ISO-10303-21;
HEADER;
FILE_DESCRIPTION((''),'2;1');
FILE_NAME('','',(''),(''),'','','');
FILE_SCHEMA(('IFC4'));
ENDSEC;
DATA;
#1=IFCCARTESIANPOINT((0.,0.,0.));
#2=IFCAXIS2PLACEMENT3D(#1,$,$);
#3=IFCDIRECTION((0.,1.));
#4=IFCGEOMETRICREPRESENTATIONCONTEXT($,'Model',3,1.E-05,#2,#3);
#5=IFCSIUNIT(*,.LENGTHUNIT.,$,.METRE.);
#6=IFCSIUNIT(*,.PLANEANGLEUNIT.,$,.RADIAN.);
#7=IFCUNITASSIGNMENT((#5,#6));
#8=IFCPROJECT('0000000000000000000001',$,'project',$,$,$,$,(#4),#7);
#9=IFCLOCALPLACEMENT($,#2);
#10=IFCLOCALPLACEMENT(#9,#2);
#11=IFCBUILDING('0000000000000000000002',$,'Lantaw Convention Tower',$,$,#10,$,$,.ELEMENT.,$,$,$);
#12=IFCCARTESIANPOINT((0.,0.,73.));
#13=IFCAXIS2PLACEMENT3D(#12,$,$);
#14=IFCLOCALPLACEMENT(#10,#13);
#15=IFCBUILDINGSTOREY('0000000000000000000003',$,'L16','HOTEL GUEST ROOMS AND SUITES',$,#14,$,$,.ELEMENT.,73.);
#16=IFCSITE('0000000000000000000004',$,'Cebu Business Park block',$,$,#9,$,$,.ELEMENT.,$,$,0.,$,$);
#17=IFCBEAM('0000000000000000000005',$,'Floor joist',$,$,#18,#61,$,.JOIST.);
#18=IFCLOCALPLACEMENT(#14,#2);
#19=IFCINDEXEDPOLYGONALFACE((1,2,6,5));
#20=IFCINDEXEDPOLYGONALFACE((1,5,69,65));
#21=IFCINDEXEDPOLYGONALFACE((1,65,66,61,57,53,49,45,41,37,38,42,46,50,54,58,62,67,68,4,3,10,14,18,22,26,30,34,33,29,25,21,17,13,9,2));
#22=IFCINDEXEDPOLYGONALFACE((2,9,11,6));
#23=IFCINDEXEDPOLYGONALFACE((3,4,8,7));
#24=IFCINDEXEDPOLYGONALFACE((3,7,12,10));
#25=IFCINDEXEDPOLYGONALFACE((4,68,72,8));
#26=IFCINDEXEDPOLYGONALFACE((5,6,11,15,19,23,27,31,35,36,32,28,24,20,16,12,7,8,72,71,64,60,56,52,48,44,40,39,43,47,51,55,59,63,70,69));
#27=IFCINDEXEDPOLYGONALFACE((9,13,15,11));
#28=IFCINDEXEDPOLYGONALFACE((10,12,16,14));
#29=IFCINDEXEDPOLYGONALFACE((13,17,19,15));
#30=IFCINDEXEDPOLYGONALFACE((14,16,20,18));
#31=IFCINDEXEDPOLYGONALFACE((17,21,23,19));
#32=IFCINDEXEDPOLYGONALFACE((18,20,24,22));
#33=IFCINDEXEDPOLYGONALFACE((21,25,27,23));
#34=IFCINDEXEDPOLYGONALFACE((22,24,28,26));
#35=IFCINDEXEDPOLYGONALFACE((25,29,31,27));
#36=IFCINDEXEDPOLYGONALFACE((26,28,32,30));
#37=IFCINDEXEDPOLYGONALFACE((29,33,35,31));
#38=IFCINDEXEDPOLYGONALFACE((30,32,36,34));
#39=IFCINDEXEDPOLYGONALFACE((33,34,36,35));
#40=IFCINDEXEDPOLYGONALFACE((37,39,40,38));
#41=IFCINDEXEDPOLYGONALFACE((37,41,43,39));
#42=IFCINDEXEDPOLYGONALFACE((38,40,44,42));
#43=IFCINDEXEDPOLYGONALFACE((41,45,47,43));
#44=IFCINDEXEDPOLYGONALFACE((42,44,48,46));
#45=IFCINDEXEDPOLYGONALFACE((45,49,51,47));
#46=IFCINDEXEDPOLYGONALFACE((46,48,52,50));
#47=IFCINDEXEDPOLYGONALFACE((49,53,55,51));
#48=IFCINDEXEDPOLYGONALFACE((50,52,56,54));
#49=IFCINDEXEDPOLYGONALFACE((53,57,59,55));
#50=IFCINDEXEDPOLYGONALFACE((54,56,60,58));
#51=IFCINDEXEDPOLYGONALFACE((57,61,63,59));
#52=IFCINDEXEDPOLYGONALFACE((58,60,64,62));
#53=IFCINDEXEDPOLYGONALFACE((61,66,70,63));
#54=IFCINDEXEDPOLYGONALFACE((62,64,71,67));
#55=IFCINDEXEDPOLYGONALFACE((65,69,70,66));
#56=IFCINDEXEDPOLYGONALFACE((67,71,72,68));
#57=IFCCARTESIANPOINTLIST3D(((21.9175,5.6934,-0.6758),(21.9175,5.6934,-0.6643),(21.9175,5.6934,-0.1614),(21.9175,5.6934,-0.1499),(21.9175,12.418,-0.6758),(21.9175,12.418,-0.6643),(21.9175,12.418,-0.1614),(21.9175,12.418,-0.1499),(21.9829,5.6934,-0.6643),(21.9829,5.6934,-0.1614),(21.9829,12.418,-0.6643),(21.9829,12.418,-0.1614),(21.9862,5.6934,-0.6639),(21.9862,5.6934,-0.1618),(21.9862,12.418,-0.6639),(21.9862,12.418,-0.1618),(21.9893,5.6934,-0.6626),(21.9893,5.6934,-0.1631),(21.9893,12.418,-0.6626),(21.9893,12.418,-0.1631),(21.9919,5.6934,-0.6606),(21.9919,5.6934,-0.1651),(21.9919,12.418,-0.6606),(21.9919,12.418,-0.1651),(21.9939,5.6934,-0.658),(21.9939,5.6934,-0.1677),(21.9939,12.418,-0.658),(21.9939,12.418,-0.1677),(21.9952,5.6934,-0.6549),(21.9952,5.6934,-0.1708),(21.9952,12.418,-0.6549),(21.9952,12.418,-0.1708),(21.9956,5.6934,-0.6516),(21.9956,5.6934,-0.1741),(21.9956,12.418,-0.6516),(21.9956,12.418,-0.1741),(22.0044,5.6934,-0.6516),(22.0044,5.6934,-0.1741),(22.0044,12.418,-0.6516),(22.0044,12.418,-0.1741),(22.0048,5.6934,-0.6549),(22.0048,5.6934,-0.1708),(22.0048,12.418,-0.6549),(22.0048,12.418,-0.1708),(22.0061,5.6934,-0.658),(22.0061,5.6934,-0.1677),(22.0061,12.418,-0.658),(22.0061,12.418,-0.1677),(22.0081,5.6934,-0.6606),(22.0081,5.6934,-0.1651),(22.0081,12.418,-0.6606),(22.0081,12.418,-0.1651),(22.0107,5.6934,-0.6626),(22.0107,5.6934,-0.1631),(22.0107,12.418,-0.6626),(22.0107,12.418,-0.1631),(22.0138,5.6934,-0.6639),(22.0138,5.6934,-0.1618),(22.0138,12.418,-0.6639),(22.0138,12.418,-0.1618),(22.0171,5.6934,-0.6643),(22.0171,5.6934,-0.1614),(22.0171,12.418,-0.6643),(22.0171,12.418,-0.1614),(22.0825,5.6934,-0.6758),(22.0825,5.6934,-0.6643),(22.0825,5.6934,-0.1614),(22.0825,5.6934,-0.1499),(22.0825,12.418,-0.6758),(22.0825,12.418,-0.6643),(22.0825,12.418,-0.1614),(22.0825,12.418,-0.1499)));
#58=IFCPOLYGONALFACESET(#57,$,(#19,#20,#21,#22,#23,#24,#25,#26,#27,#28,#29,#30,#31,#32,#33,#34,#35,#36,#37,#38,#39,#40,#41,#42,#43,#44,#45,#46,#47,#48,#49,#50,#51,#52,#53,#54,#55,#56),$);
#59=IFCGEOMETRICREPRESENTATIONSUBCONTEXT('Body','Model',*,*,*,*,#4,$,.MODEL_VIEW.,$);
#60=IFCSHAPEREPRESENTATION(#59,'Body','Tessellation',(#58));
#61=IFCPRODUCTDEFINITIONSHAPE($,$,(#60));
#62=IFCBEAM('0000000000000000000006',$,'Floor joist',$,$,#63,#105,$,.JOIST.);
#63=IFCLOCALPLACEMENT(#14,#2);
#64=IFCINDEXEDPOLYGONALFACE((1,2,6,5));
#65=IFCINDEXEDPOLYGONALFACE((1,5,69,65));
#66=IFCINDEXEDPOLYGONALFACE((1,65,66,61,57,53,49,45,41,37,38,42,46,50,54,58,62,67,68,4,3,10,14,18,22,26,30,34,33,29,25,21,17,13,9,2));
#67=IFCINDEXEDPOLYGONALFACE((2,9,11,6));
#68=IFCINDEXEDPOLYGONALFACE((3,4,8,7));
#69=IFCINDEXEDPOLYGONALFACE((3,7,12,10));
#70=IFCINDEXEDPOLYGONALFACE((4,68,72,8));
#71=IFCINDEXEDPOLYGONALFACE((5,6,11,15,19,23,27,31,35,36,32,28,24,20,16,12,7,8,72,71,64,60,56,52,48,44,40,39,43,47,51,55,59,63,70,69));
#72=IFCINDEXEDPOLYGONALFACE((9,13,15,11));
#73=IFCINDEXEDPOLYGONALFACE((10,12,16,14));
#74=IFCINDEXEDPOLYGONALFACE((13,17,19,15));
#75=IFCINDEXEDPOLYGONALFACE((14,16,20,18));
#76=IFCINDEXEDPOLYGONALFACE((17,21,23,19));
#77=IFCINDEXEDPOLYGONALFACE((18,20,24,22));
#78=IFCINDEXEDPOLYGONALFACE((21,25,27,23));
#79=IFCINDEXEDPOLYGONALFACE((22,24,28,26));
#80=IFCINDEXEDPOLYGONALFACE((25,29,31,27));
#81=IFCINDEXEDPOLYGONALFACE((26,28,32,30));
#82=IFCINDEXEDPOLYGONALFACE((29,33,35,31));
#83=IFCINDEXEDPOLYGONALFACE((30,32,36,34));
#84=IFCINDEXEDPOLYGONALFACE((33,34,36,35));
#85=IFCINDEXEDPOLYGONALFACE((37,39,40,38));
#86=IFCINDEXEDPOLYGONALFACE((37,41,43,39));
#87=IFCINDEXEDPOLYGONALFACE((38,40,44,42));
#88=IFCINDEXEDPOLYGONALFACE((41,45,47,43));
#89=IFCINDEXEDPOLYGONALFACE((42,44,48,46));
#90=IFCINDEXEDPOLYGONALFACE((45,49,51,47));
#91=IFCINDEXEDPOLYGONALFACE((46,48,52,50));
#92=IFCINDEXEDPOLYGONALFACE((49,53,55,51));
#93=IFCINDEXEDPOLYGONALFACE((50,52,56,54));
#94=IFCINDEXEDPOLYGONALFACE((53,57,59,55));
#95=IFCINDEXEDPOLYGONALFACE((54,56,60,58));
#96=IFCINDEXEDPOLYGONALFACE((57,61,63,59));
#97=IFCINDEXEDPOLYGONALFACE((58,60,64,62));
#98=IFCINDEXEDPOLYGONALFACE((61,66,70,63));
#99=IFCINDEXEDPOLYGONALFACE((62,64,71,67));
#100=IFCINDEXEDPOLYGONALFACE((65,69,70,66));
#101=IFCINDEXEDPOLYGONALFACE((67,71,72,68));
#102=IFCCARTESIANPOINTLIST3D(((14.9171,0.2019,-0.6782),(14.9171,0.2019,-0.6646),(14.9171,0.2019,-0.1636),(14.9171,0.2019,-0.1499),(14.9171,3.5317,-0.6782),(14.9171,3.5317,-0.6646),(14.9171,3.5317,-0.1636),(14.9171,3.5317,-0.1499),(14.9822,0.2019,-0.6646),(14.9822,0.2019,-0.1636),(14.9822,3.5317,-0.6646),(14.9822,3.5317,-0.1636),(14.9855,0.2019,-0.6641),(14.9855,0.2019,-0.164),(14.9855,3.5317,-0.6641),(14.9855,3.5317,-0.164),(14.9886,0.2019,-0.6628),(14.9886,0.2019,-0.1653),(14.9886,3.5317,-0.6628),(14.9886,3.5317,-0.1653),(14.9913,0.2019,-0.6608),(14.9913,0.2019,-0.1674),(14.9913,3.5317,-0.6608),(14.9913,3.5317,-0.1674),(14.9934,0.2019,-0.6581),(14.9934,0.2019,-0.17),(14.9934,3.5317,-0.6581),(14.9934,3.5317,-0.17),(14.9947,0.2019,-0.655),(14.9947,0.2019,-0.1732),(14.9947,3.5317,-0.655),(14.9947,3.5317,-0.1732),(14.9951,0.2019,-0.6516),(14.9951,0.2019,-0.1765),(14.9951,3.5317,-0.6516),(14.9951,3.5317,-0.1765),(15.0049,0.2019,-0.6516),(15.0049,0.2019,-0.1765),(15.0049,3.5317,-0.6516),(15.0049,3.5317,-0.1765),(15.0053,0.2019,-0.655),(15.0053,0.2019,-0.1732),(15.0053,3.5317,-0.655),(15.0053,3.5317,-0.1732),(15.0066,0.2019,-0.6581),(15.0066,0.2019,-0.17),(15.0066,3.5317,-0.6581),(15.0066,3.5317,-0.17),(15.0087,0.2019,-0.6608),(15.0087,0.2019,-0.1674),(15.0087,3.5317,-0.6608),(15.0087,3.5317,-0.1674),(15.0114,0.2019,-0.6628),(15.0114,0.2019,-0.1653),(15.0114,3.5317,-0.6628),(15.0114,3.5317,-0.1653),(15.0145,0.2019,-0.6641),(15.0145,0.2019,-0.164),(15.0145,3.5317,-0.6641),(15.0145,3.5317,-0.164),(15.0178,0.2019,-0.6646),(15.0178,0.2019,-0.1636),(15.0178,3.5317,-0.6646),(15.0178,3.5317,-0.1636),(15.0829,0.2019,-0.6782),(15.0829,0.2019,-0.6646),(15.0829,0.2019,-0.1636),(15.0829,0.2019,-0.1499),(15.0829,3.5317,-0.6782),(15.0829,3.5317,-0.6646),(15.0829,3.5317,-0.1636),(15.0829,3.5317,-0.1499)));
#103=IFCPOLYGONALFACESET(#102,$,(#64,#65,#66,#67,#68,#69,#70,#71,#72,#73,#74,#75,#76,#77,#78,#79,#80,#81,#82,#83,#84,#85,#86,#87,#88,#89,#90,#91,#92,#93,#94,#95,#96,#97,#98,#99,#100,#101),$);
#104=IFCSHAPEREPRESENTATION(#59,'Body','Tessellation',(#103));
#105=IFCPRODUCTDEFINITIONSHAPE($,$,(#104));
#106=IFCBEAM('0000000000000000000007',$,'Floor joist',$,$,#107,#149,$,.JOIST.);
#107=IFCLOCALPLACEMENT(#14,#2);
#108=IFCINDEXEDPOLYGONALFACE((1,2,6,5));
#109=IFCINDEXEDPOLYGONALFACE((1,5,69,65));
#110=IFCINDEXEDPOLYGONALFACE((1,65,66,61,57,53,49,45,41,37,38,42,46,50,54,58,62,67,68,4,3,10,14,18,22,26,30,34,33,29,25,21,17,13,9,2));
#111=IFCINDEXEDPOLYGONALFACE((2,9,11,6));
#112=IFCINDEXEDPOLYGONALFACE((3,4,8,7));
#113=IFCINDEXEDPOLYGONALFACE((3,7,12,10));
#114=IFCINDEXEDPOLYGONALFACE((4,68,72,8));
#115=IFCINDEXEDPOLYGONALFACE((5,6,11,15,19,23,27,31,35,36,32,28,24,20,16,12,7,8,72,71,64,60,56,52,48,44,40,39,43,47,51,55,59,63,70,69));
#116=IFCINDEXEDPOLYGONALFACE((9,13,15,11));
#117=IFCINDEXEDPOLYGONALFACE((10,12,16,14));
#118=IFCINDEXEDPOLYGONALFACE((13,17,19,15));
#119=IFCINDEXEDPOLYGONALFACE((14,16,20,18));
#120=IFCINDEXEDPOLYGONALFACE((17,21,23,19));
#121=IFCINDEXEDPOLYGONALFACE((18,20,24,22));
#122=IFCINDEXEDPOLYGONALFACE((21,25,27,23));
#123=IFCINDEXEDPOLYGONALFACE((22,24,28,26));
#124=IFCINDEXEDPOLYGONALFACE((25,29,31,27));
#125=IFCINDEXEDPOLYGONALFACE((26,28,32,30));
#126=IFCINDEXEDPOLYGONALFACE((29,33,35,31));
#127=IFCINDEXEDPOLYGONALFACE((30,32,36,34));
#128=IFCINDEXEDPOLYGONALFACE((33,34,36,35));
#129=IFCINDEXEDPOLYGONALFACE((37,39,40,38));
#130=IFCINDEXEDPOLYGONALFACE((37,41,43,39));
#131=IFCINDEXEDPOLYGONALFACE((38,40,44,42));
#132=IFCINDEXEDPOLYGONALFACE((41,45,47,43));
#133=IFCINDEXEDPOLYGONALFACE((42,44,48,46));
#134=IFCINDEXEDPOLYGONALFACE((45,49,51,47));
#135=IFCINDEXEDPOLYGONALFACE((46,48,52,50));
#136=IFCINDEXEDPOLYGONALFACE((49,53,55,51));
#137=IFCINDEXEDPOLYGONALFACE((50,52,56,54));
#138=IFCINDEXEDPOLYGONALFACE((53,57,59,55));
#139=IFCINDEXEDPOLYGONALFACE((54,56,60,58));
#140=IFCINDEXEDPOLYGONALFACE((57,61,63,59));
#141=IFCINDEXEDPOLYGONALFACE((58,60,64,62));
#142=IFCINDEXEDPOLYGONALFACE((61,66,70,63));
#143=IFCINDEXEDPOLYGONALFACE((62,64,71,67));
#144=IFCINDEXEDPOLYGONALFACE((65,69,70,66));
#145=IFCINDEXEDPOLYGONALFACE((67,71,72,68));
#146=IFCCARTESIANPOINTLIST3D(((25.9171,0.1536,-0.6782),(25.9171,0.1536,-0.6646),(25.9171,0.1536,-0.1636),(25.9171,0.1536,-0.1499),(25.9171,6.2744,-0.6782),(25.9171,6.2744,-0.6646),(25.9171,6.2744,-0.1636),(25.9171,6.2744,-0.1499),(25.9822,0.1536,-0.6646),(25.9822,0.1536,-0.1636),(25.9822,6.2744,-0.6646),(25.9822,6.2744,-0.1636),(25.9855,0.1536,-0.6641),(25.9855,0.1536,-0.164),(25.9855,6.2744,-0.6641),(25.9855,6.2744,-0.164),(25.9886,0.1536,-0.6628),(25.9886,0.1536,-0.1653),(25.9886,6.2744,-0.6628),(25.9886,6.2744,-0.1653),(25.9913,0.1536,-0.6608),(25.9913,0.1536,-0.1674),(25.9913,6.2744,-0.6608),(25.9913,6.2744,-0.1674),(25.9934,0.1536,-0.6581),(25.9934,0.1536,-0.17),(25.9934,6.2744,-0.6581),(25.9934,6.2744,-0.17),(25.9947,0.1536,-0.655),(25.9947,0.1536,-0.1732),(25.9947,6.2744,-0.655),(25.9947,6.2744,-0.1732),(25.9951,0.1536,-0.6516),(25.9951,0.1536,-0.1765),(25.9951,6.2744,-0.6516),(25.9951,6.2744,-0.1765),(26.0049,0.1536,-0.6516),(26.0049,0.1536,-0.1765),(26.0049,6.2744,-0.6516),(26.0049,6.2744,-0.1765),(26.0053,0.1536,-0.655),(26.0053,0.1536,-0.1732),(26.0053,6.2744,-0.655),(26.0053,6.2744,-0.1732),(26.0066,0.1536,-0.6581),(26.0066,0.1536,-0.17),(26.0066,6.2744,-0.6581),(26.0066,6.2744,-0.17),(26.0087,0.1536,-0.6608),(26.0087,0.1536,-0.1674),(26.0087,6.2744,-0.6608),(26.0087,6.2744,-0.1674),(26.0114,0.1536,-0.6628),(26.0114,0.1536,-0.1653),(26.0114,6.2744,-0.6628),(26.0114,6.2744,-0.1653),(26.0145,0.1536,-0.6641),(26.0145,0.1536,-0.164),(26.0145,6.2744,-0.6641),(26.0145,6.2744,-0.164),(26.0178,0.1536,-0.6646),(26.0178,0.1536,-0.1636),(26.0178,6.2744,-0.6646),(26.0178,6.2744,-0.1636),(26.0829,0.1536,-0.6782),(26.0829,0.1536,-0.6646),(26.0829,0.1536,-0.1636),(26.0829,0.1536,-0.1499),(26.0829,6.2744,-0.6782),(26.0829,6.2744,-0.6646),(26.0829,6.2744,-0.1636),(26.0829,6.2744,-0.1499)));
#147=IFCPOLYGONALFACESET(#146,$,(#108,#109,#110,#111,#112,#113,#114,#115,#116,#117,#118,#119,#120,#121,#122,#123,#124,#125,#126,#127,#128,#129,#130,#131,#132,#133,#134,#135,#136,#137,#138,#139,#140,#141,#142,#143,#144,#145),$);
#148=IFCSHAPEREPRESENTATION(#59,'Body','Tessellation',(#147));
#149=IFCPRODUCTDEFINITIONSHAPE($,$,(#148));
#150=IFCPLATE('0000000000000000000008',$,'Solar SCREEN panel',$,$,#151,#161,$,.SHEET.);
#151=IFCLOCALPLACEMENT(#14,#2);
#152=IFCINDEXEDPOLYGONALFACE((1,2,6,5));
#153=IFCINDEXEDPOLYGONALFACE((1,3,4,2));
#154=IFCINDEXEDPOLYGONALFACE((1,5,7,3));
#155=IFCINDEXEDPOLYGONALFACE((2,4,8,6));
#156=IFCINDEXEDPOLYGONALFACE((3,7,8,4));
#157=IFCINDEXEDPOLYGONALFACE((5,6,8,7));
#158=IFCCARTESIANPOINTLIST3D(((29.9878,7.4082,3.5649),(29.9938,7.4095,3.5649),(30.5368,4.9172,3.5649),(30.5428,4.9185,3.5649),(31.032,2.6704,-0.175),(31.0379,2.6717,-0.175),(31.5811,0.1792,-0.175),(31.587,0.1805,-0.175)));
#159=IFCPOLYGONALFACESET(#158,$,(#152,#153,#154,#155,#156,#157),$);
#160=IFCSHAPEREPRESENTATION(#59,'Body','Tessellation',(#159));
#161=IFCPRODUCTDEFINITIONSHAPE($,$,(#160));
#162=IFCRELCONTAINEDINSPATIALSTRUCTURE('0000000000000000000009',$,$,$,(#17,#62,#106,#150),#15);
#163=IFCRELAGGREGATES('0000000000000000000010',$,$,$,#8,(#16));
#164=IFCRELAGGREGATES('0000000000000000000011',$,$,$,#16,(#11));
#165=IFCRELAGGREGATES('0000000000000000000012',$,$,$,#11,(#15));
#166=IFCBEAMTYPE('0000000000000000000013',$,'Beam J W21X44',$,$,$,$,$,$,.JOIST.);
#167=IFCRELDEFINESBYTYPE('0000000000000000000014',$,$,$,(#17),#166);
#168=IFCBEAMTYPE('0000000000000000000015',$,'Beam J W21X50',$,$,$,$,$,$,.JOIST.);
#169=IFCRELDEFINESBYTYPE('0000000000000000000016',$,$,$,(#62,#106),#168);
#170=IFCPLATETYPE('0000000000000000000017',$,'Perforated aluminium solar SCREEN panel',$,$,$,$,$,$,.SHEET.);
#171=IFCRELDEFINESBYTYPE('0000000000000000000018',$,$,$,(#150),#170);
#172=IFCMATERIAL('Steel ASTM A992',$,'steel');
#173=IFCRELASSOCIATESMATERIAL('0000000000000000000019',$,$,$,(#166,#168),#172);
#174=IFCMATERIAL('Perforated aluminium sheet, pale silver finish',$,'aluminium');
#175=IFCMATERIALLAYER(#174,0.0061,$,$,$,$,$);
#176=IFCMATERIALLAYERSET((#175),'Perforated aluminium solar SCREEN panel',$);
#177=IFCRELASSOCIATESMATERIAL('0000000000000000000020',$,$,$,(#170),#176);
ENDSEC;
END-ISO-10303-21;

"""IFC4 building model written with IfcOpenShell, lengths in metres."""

from ifc_helpers import new_model, si_unit, direction, frame, origin, origin_2d, place, context, subcontext, project, spatial, polyline, i_section, outline, extrude, material, layer, layer_set, material_profile, profile_set, type_object, element, save


model = new_model("IFC4")

# Units and contexts
model_context = context("Model", 3, precision=1e-05, world=origin(), true_north=direction((0.0, 1.0)))
body_context = subcontext(model_context, "Body", "Model", "MODEL_VIEW")
ifc_project = project(units=[si_unit("LENGTHUNIT", "METRE"), si_unit("PLANEANGLEUNIT", "RADIAN")], contexts=[model_context])

# Site, building, storey
site_placement = place(None, origin())
site = spatial("IfcSite", under=ifc_project, at=site_placement, Name="Cebu Business Park block", CompositionType="ELEMENT", RefElevation=0.0)
building_placement = place(site_placement, origin())
building = spatial("IfcBuilding", under=site, at=building_placement, Name="Lantaw Convention Tower", CompositionType="ELEMENT")
storey_placement = place(building_placement, frame((0.0, 0.0, 73.0)))
storey = spatial("IfcBuildingStorey", under=building, at=storey_placement, Name="L16", Description="HOTEL GUEST ROOMS AND SUITES", CompositionType="ELEMENT", Elevation=73.0)

# Beams
ifc_material_1 = material(Name="Steel ASTM A992", Category="steel")
ifc_material_profile_1 = material_profile(ifc_material_1, i_section(OverallWidth=0.165, OverallDepth=0.5259, WebThickness=0.0088, FlangeThickness=0.0115, FilletRadius=0.0127, at=origin_2d()), Name="W21X44")
ifc_profile_set_1 = profile_set([ifc_material_profile_1], Name="Steel ASTM A992")
beam_type_1 = type_object("IfcBeamType", Name="Beam J W21X44", PredefinedType="JOIST", material=ifc_profile_set_1)
beam_1_placement = place(storey_placement, frame((22.0, 5.6934, -0.4128), z_axis=(0.0, 1.0, 0.0), x_axis=(-1.0, 0.0, 0.0)))
element("IfcBeam", 1, at=beam_1_placement, inside=storey, type_object=beam_type_1, Name="Floor joist", PredefinedType="JOIST", context=body_context, shape_type="SweptSolid", body=[
    extrude(i_section(OverallWidth=0.165, OverallDepth=0.5259, WebThickness=0.0088, FlangeThickness=0.0115, FilletRadius=0.0127, at=origin_2d()), origin(), (0.0, 0.0, 1.0), 6.7246),
])
ifc_material_profile_2 = material_profile(ifc_material_1, i_section(OverallWidth=0.1658, OverallDepth=0.5283, WebThickness=0.0098, FlangeThickness=0.0137, FilletRadius=0.0129, at=origin_2d()), Name="W21X50")
ifc_profile_set_2 = profile_set([ifc_material_profile_2], Name="Steel ASTM A992")
beam_type_2 = type_object("IfcBeamType", Name="Beam J W21X50", PredefinedType="JOIST", material=ifc_profile_set_2)
beam_2_placement = place(storey_placement, frame((15.0, 0.2019, -0.4141), z_axis=(0.0, 1.0, 0.0), x_axis=(-1.0, 0.0, 0.0)))
element("IfcBeam", 2, at=beam_2_placement, inside=storey, type_object=beam_type_2, Name="Floor joist", PredefinedType="JOIST", context=body_context, shape_type="SweptSolid", body=[
    extrude(i_section(OverallWidth=0.1658, OverallDepth=0.5283, WebThickness=0.0098, FlangeThickness=0.0137, FilletRadius=0.0129, at=origin_2d()), origin(), (0.0, 0.0, 1.0), 3.3298),
])
beam_3_placement = place(storey_placement, frame((26.0, 0.1536, -0.4141), z_axis=(0.0, 1.0, 0.0), x_axis=(-1.0, 0.0, 0.0)))
element("IfcBeam", 3, at=beam_3_placement, inside=storey, type_object=beam_type_2, Name="Floor joist", PredefinedType="JOIST", context=body_context, shape_type="SweptSolid", body=[
    extrude(i_section(OverallWidth=0.1658, OverallDepth=0.5283, WebThickness=0.0098, FlangeThickness=0.0137, FilletRadius=0.0129, at=origin_2d()), origin(), (0.0, 0.0, 1.0), 6.1208),
])

# Plate
ifc_material_2 = material(Name="Perforated aluminium sheet, pale silver finish", Category="aluminium")
ifc_layer_1 = layer(ifc_material_2, 0.0061)
ifc_layer_set_1 = layer_set([ifc_layer_1], Name="Perforated aluminium solar SCREEN panel")
plate_type = type_object("IfcPlateType", Name="Perforated aluminium solar SCREEN panel", PredefinedType="SHEET", material=ifc_layer_set_1)
plate_placement = place(storey_placement, frame((31.5811, 0.1792, -0.175), z_axis=(-0.976559, -0.215248, 0.00003), x_axis=(-0.215248, 0.976559, 0.0)))
element("IfcPlate", 4, at=plate_placement, inside=storey, type_object=plate_type, Name="Solar SCREEN panel", PredefinedType="SHEET", context=body_context, shape_type="SweptSolid", body=[
    extrude(outline(polyline([(0.0, 0.0), (2.551, 0.0), (7.4025, -3.74), (4.8517, -3.74), (0.0, 0.0)])), origin(), (0.0, 0.0, -1.0), 0.0061),
])

save(model, "model.ifc")
